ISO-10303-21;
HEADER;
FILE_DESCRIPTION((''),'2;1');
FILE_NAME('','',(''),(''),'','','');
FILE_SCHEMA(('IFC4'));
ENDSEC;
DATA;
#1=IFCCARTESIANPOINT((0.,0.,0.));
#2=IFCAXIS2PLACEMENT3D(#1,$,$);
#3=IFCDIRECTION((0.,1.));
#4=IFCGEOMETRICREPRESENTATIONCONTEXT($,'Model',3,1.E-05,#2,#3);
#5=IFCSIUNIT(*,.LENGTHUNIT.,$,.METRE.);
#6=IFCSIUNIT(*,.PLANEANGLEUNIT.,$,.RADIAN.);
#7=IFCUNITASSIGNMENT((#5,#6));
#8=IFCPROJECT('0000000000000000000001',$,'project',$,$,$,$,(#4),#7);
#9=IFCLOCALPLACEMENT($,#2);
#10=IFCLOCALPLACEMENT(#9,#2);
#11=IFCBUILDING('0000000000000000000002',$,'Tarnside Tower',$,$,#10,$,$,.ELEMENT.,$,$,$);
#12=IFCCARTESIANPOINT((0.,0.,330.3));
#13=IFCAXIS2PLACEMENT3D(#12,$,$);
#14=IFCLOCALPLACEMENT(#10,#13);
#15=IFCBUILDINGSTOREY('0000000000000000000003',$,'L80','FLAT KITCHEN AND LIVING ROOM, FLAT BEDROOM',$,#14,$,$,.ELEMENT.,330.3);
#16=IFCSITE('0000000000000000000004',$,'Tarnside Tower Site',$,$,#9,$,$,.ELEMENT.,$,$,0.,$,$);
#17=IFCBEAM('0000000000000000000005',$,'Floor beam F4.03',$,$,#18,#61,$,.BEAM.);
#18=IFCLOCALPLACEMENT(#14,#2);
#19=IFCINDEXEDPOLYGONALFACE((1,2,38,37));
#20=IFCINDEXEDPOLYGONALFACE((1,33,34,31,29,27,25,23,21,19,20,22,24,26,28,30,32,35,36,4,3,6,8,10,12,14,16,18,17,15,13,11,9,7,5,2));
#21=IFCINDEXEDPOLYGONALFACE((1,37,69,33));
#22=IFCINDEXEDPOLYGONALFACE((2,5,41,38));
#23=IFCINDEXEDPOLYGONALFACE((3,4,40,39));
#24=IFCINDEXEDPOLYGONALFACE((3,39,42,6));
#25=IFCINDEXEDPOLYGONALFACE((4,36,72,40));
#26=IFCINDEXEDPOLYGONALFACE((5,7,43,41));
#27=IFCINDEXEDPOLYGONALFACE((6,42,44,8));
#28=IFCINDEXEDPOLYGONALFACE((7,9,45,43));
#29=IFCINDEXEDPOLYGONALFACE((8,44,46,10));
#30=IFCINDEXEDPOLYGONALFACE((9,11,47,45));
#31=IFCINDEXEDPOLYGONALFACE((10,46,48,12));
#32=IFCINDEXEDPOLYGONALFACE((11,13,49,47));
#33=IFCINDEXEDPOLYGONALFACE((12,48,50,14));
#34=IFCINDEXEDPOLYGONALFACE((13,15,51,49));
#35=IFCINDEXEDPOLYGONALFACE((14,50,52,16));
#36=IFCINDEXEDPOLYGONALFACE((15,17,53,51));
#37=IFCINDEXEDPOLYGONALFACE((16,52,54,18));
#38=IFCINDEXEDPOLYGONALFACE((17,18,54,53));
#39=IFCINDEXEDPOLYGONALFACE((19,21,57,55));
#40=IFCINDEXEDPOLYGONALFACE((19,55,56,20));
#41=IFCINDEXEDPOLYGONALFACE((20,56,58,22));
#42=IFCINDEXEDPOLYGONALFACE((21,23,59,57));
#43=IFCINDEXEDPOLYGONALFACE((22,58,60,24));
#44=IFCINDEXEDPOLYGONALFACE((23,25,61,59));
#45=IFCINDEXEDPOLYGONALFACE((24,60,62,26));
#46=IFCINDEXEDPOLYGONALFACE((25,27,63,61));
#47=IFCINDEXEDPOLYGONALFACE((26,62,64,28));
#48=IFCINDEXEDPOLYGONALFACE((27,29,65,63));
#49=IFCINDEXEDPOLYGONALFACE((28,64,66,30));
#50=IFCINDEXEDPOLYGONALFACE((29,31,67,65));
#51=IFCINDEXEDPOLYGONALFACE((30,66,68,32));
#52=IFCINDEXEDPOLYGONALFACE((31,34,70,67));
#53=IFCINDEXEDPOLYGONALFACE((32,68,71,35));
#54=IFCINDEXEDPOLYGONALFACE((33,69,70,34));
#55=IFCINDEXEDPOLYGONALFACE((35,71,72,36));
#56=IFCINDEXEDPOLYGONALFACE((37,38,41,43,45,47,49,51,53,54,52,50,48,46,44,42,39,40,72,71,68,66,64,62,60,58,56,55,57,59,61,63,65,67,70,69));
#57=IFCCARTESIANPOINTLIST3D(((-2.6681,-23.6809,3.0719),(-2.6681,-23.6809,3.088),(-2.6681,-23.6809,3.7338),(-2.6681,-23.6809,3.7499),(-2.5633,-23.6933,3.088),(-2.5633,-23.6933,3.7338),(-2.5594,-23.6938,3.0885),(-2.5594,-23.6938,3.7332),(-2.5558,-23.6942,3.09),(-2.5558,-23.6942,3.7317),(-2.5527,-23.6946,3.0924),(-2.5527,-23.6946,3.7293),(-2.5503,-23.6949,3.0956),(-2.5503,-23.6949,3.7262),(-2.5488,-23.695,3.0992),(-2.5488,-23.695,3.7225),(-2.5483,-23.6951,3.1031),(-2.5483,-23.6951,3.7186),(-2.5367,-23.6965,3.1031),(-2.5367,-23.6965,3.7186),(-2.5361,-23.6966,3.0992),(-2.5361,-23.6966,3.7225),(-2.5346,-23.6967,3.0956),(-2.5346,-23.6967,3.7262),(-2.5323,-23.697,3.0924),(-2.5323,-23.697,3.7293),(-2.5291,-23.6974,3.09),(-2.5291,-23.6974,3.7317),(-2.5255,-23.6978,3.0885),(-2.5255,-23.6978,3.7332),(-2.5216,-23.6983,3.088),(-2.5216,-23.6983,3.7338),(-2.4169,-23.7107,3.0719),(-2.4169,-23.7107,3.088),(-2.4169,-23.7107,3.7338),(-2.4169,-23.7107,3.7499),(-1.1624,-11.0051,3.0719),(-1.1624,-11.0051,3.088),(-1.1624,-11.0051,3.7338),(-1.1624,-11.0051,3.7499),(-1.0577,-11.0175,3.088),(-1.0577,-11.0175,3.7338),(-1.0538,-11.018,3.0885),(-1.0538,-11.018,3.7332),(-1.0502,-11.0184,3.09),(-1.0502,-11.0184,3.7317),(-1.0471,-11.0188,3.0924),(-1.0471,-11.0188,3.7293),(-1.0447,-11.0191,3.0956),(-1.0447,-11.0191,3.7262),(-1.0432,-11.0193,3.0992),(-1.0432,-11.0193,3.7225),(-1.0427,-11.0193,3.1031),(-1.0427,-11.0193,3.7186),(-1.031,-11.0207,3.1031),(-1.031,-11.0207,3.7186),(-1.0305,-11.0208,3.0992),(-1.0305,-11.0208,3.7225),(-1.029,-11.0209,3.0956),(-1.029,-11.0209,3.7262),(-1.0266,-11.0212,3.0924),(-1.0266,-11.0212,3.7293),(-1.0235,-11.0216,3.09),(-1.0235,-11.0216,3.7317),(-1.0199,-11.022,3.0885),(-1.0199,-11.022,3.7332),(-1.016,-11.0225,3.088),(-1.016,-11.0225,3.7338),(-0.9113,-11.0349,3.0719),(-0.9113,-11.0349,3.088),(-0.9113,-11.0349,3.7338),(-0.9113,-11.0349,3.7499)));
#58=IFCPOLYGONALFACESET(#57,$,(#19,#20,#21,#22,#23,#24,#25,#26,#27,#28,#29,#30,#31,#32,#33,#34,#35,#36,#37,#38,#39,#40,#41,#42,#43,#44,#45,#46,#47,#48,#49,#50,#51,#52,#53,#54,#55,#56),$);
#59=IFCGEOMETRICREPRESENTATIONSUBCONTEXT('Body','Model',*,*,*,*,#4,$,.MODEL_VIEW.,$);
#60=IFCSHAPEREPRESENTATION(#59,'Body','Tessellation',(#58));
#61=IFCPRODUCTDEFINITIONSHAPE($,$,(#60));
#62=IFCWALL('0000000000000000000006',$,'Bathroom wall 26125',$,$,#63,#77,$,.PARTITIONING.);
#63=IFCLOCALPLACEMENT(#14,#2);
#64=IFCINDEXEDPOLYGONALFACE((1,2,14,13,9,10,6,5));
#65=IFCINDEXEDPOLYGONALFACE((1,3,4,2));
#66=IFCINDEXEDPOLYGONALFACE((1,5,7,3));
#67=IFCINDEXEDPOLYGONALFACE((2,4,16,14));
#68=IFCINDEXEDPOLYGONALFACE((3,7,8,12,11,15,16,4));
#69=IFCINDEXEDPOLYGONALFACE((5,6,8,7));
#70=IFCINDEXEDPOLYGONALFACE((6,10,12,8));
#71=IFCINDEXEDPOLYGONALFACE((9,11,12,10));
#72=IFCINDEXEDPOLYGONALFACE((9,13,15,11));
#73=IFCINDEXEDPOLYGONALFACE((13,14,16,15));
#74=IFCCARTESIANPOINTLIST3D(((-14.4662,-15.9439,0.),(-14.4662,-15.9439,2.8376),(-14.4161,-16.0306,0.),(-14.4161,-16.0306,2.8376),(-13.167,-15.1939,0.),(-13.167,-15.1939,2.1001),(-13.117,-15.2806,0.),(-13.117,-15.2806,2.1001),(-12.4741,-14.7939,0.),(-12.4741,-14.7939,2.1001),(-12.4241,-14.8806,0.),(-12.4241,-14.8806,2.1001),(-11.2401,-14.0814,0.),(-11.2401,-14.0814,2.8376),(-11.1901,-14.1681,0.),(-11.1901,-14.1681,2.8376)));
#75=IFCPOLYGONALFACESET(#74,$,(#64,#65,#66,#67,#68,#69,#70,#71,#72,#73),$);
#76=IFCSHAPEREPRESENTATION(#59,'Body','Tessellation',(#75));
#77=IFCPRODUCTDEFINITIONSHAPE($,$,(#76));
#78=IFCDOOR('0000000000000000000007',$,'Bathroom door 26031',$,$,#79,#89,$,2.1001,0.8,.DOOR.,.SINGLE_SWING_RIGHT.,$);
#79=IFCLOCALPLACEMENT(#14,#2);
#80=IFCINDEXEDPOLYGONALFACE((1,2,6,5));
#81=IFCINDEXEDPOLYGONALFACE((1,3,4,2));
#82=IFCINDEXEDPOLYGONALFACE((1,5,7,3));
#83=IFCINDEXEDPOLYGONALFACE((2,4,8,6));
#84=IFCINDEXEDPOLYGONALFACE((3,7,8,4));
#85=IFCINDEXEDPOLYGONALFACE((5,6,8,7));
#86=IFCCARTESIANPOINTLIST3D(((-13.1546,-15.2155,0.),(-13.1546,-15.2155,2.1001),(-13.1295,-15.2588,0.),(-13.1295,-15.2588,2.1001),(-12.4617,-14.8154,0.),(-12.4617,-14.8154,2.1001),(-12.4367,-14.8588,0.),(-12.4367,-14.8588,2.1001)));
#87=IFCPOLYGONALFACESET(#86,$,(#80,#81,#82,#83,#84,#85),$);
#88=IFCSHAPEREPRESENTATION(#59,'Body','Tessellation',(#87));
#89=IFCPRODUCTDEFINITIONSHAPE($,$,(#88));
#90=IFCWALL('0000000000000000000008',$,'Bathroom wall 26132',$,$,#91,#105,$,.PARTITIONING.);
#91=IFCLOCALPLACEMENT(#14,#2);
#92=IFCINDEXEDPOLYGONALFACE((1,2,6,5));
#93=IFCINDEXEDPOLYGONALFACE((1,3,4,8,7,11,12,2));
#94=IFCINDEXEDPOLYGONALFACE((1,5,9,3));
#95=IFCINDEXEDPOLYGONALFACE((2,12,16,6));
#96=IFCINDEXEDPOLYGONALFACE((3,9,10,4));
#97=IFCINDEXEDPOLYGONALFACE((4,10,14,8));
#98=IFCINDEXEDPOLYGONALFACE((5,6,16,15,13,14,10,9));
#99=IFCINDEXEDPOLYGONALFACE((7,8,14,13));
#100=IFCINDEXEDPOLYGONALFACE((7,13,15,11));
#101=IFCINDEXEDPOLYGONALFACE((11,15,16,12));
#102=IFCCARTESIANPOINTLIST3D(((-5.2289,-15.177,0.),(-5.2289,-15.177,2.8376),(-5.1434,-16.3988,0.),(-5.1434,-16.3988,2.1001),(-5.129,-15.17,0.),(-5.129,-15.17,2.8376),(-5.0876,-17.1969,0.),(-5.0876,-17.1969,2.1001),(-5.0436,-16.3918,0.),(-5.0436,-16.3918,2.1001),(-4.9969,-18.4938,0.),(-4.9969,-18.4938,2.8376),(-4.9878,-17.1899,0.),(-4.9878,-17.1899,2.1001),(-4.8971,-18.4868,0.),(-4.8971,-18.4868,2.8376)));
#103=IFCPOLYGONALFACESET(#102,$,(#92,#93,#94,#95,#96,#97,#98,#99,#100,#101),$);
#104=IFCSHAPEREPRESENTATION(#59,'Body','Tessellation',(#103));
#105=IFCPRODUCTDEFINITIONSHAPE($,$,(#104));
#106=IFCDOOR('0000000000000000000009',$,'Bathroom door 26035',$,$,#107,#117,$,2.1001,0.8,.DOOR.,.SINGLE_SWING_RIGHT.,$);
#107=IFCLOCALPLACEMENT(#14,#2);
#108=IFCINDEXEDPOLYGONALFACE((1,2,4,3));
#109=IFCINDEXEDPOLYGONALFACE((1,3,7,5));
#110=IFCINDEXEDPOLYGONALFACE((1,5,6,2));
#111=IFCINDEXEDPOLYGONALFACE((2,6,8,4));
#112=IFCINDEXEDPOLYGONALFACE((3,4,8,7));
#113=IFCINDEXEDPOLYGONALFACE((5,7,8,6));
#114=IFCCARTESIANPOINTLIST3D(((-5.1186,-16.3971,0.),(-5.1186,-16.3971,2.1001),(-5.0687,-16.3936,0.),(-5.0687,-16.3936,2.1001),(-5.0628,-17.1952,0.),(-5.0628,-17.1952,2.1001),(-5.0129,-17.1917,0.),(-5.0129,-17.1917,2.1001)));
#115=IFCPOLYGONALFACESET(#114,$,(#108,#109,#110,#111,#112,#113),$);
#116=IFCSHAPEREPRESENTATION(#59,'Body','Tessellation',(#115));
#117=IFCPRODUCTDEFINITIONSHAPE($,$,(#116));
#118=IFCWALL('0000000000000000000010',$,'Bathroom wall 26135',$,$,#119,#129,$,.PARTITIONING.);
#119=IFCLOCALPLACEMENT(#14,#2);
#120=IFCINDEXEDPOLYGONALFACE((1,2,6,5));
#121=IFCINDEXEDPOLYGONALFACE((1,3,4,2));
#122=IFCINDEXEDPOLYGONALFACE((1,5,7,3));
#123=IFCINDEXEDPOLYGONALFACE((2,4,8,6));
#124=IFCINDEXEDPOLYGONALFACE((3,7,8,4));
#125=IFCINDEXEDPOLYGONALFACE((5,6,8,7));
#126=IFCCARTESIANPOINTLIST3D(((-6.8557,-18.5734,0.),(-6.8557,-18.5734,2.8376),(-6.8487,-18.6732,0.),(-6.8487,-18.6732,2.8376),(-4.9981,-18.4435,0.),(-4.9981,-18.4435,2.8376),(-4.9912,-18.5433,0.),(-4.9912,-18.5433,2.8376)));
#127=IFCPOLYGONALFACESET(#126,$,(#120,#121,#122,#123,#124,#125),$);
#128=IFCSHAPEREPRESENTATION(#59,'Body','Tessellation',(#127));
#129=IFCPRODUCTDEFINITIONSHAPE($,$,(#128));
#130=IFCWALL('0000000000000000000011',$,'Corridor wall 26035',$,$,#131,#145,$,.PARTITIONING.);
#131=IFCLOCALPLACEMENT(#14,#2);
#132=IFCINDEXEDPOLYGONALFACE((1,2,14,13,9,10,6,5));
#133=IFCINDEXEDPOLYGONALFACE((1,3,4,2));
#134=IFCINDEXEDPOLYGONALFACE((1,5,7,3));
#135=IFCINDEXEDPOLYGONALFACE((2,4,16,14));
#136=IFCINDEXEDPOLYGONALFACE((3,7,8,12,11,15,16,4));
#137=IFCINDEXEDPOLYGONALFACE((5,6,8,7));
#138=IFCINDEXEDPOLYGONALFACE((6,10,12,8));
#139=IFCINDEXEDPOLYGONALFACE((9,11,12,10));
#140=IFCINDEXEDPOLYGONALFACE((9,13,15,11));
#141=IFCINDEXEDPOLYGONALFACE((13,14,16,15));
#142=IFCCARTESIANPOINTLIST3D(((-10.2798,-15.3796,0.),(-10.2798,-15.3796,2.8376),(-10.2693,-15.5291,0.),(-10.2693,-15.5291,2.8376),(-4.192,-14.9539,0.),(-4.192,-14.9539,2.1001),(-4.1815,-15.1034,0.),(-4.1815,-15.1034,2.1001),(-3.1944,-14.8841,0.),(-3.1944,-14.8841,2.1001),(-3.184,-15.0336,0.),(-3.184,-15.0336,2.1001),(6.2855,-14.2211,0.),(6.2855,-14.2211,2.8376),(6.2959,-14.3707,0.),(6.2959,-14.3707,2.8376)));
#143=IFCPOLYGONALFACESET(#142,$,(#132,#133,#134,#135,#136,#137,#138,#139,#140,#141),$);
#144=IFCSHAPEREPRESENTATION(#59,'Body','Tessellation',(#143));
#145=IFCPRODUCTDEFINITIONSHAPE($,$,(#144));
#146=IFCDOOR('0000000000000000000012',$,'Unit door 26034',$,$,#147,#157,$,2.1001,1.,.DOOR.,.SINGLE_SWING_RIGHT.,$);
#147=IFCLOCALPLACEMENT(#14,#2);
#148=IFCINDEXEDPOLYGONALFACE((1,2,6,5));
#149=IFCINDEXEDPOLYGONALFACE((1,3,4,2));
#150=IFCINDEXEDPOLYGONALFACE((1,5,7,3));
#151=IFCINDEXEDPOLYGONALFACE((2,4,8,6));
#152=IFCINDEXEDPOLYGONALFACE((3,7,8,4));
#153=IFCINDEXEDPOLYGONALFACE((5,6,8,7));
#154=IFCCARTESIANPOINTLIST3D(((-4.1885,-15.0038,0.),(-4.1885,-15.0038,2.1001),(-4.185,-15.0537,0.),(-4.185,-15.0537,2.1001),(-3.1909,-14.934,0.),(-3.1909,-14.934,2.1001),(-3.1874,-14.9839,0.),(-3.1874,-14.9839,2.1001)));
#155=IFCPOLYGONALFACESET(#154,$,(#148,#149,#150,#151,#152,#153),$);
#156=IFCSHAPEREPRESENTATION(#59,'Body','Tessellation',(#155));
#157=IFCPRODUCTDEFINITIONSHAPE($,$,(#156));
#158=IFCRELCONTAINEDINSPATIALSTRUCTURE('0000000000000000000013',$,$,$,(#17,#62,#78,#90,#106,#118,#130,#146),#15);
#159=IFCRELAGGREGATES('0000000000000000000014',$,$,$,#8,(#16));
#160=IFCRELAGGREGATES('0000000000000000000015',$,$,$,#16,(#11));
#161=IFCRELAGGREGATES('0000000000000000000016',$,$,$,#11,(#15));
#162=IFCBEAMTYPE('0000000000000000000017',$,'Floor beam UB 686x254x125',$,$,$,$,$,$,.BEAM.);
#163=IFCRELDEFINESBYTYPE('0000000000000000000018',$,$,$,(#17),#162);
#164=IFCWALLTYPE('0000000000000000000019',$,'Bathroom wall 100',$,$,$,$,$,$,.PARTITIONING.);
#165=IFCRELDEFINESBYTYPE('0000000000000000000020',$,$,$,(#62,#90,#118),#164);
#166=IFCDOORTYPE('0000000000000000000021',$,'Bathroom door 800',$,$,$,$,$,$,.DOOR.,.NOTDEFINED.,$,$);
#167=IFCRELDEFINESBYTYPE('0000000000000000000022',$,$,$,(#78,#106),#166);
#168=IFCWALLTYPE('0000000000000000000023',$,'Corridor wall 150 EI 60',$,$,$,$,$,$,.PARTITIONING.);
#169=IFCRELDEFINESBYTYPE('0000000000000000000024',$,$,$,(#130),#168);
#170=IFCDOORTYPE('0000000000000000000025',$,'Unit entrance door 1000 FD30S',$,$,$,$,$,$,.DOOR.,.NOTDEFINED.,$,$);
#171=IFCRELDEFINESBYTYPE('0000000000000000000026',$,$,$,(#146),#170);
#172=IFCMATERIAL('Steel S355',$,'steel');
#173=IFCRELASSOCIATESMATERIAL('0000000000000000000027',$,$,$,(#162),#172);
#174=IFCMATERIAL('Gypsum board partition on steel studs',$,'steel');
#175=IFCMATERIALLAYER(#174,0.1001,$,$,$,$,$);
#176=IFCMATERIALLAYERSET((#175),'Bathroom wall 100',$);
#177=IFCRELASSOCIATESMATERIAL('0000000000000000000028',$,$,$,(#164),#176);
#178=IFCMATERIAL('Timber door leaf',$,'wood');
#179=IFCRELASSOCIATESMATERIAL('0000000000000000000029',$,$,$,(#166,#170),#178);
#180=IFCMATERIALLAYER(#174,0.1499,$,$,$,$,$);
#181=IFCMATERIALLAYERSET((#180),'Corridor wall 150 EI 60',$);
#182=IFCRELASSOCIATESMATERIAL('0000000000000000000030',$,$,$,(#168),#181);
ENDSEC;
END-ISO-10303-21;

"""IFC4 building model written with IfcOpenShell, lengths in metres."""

from ifc_helpers import new_model, si_unit, direction, frame, frame_2d, origin, origin_2d, place, context, subcontext, project, spatial, rectangle, i_section, extrude, material, layer, layer_set, material_profile, profile_set, type_object, element, fill, save


model = new_model("IFC4")

# Units and contexts
model_context = context("Model", 3, precision=1e-05, world=origin(), true_north=direction((0.0, 1.0)))
body_context = subcontext(model_context, "Body", "Model", "MODEL_VIEW")
ifc_project = project(units=[si_unit("LENGTHUNIT", "METRE"), si_unit("PLANEANGLEUNIT", "RADIAN")], contexts=[model_context])

# Site, building, storey
site_placement = place(None, origin())
site = spatial("IfcSite", under=ifc_project, at=site_placement, Name="Tarnside Tower Site", CompositionType="ELEMENT", RefElevation=0.0)
building_placement = place(site_placement, origin())
building = spatial("IfcBuilding", under=site, at=building_placement, Name="Tarnside Tower", CompositionType="ELEMENT")
storey_placement = place(building_placement, frame((0.0, 0.0, 330.3)))
storey = spatial("IfcBuildingStorey", under=building, at=storey_placement, Name="L80", Description="FLAT KITCHEN AND LIVING ROOM, FLAT BEDROOM", CompositionType="ELEMENT", Elevation=330.3)

# Beam
ifc_material_1 = material(Name="Steel S355", Category="steel")
ifc_material_profile = material_profile(ifc_material_1, i_section(OverallWidth=0.2529, OverallDepth=0.678, WebThickness=0.0117, FlangeThickness=0.0161, FilletRadius=0.0151, at=origin_2d()), Name="UB 686x254x125")
ifc_profile_set = profile_set([ifc_material_profile], Name="Steel S355")
beam_type = type_object("IfcBeamType", Name="Floor beam UB 686x254x125", PredefinedType="BEAM", material=ifc_profile_set)
beam_placement = place(storey_placement, frame((-2.5425, -23.6958, 3.4109), z_axis=(0.11795, 0.99302, 0.0), x_axis=(-0.99302, 0.11795, 0.0)))
element("IfcBeam", 1, at=beam_placement, inside=storey, type_object=beam_type, Name="Floor beam F4.03", PredefinedType="BEAM", context=body_context, shape_type="SweptSolid", body=[
    extrude(i_section(OverallWidth=0.2529, OverallDepth=0.678, WebThickness=0.0117, FlangeThickness=0.0161, FilletRadius=0.0151, at=origin_2d()), origin(), (0.0, 0.0, 1.0), 12.7649),
])

# Walls, openings, doors
ifc_material_2 = material(Name="Gypsum board partition on steel studs", Category="steel")
ifc_layer_1 = layer(ifc_material_2, 0.1001)
ifc_layer_set_1 = layer_set([ifc_layer_1], Name="Bathroom wall 100")
wall_type_1 = type_object("IfcWallType", Name="Bathroom wall 100", PredefinedType="PARTITIONING", material=ifc_layer_set_1)
wall_1_placement = place(storey_placement, frame((-11.2151, -14.1248, 0.0), z_axis=(0.0, 0.0, 1.0), x_axis=(-0.866028, -0.499995, 0.0)))
wall_1 = element("IfcWall", 2, at=wall_1_placement, inside=storey, type_object=wall_type_1, Name="Bathroom wall 26125", PredefinedType="PARTITIONING", context=body_context, shape_type="SweptSolid", body=[
    extrude(rectangle(XDim=3.7251, YDim=0.1001, at=frame_2d((1.8625, 0.0))), origin(), (0.0, 0.0, 1.0), 2.8376),
])
opening_1_placement = place(wall_1_placement, frame((1.425, 0.0, 0.0)))
opening_1 = element("IfcOpeningElement", 3, at=opening_1_placement, cuts=wall_1, PredefinedType="OPENING", context=body_context, shape_type="SweptSolid", body=[
    extrude(rectangle(XDim=0.8, YDim=2.1001, at=frame_2d((0.3999, 1.05))), frame((0.0, 0.0601, 0.0), z_axis=(0.0, -1.0, 0.0), x_axis=(1.0, 0.0, 0.0)), (0.0, 0.0, 1.0), 0.1201),
])
ifc_material_3 = material(Name="Timber door leaf", Category="wood")
door_type_1 = type_object("IfcDoorType", Name="Bathroom door 800", OperationType="NOTDEFINED", PredefinedType="DOOR", material=ifc_material_3)
door_1_placement = place(opening_1_placement, origin())
door_1 = element("IfcDoor", 4, at=door_1_placement, inside=storey, type_object=door_type_1, Name="Bathroom door 26031", OperationType="SINGLE_SWING_RIGHT", OverallHeight=2.1001, OverallWidth=0.8, PredefinedType="DOOR", context=body_context, shape_type="SweptSolid", body=[
    extrude(rectangle(XDim=0.8, YDim=2.1001, at=frame_2d((0.3999, 1.05))), frame((0.0, 0.0249, 0.0), z_axis=(0.0, -1.0, 0.0), x_axis=(1.0, 0.0, 0.0)), (0.0, 0.0, 1.0), 0.05),
])
fill(opening_1, door_1)
wall_2_placement = place(storey_placement, frame((-5.179, -15.1733, 0.0), z_axis=(0.0, 0.0, 1.0), x_axis=(0.069755, -0.997564, 0.0)))
wall_2 = element("IfcWall", 5, at=wall_2_placement, inside=storey, type_object=wall_type_1, Name="Bathroom wall 26132", PredefinedType="PARTITIONING", context=body_context, shape_type="SweptSolid", body=[
    extrude(rectangle(XDim=3.325, YDim=0.1001, at=frame_2d((1.6626, 0.0))), origin(), (0.0, 0.0, 1.0), 2.8376),
])
opening_2_placement = place(wall_2_placement, frame((1.2251, 0.0, 0.0)))
opening_2 = element("IfcOpeningElement", 6, at=opening_2_placement, cuts=wall_2, PredefinedType="OPENING", context=body_context, shape_type="SweptSolid", body=[
    extrude(rectangle(XDim=0.8, YDim=2.1001, at=frame_2d((0.3999, 1.05))), frame((0.0, 0.0601, 0.0), z_axis=(0.0, -1.0, 0.0), x_axis=(1.0, 0.0, 0.0)), (0.0, 0.0, 1.0), 0.1201),
])
door_2_placement = place(opening_2_placement, origin())
door_2 = element("IfcDoor", 7, at=door_2_placement, inside=storey, type_object=door_type_1, Name="Bathroom door 26035", OperationType="SINGLE_SWING_RIGHT", OverallHeight=2.1001, OverallWidth=0.8, PredefinedType="DOOR", context=body_context, shape_type="SweptSolid", body=[
    extrude(rectangle(XDim=0.8, YDim=2.1001, at=frame_2d((0.3999, 1.05))), frame((0.0, 0.0249, 0.0), z_axis=(0.0, -1.0, 0.0), x_axis=(1.0, 0.0, 0.0)), (0.0, 0.0, 1.0), 0.05),
])
fill(opening_2, door_2)

# Wall
wall_3_placement = place(storey_placement, frame((-6.8523, -18.6233, 0.0), z_axis=(0.0, 0.0, 1.0), x_axis=(0.997564, 0.069756, 0.0)))
element("IfcWall", 8, at=wall_3_placement, inside=storey, type_object=wall_type_1, Name="Bathroom wall 26135", PredefinedType="PARTITIONING", context=body_context, shape_type="SweptSolid", body=[
    extrude(rectangle(XDim=1.8621, YDim=0.1001, at=frame_2d((0.9312, 0.0))), origin(), (0.0, 0.0, 1.0), 2.8376),
])

# Wall, opening, door
ifc_layer_2 = layer(ifc_material_2, 0.1499)
ifc_layer_set_2 = layer_set([ifc_layer_2], Name="Corridor wall 150 EI 60")
wall_type_2 = type_object("IfcWallType", Name="Corridor wall 150 EI 60", PredefinedType="PARTITIONING", material=ifc_layer_set_2)
wall_4_placement = place(storey_placement, frame((-10.2744, -15.4543, 0.0), z_axis=(0.0, 0.0, 1.0), x_axis=(0.997564, 0.069762, 0.0)))
wall_4 = element("IfcWall", 9, at=wall_4_placement, inside=storey, type_object=wall_type_2, Name="Corridor wall 26035", PredefinedType="PARTITIONING", context=body_context, shape_type="SweptSolid", body=[
    extrude(rectangle(XDim=16.6057, YDim=0.1499, at=frame_2d((8.3027, 0.0))), origin(), (0.0, 0.0, 1.0), 2.8376),
])
opening_3_placement = place(wall_4_placement, frame((6.1025, 0.0, 0.0)))
opening_3 = element("IfcOpeningElement", 10, at=opening_3_placement, cuts=wall_4, PredefinedType="OPENING", context=body_context, shape_type="SweptSolid", body=[
    extrude(rectangle(XDim=1.0, YDim=2.1001, at=frame_2d((0.5, 1.05))), frame((0.0, 0.085, 0.0), z_axis=(0.0, -1.0, 0.0), x_axis=(1.0, 0.0, 0.0)), (0.0, 0.0, 1.0), 0.1699),
])
door_type_2 = type_object("IfcDoorType", Name="Unit entrance door 1000 FD30S", OperationType="NOTDEFINED", PredefinedType="DOOR", material=ifc_material_3)
door_3_placement = place(opening_3_placement, origin())
door_3 = element("IfcDoor", 11, at=door_3_placement, inside=storey, type_object=door_type_2, Name="Unit door 26034", OperationType="SINGLE_SWING_RIGHT", OverallHeight=2.1001, OverallWidth=1.0, PredefinedType="DOOR", context=body_context, shape_type="SweptSolid", body=[
    extrude(rectangle(XDim=1.0, YDim=2.1001, at=frame_2d((0.5, 1.05))), frame((0.0, 0.0249, 0.0), z_axis=(0.0, -1.0, 0.0), x_axis=(1.0, 0.0, 0.0)), (0.0, 0.0, 1.0), 0.05),
])
fill(opening_3, door_3)

save(model, "model.ifc")
